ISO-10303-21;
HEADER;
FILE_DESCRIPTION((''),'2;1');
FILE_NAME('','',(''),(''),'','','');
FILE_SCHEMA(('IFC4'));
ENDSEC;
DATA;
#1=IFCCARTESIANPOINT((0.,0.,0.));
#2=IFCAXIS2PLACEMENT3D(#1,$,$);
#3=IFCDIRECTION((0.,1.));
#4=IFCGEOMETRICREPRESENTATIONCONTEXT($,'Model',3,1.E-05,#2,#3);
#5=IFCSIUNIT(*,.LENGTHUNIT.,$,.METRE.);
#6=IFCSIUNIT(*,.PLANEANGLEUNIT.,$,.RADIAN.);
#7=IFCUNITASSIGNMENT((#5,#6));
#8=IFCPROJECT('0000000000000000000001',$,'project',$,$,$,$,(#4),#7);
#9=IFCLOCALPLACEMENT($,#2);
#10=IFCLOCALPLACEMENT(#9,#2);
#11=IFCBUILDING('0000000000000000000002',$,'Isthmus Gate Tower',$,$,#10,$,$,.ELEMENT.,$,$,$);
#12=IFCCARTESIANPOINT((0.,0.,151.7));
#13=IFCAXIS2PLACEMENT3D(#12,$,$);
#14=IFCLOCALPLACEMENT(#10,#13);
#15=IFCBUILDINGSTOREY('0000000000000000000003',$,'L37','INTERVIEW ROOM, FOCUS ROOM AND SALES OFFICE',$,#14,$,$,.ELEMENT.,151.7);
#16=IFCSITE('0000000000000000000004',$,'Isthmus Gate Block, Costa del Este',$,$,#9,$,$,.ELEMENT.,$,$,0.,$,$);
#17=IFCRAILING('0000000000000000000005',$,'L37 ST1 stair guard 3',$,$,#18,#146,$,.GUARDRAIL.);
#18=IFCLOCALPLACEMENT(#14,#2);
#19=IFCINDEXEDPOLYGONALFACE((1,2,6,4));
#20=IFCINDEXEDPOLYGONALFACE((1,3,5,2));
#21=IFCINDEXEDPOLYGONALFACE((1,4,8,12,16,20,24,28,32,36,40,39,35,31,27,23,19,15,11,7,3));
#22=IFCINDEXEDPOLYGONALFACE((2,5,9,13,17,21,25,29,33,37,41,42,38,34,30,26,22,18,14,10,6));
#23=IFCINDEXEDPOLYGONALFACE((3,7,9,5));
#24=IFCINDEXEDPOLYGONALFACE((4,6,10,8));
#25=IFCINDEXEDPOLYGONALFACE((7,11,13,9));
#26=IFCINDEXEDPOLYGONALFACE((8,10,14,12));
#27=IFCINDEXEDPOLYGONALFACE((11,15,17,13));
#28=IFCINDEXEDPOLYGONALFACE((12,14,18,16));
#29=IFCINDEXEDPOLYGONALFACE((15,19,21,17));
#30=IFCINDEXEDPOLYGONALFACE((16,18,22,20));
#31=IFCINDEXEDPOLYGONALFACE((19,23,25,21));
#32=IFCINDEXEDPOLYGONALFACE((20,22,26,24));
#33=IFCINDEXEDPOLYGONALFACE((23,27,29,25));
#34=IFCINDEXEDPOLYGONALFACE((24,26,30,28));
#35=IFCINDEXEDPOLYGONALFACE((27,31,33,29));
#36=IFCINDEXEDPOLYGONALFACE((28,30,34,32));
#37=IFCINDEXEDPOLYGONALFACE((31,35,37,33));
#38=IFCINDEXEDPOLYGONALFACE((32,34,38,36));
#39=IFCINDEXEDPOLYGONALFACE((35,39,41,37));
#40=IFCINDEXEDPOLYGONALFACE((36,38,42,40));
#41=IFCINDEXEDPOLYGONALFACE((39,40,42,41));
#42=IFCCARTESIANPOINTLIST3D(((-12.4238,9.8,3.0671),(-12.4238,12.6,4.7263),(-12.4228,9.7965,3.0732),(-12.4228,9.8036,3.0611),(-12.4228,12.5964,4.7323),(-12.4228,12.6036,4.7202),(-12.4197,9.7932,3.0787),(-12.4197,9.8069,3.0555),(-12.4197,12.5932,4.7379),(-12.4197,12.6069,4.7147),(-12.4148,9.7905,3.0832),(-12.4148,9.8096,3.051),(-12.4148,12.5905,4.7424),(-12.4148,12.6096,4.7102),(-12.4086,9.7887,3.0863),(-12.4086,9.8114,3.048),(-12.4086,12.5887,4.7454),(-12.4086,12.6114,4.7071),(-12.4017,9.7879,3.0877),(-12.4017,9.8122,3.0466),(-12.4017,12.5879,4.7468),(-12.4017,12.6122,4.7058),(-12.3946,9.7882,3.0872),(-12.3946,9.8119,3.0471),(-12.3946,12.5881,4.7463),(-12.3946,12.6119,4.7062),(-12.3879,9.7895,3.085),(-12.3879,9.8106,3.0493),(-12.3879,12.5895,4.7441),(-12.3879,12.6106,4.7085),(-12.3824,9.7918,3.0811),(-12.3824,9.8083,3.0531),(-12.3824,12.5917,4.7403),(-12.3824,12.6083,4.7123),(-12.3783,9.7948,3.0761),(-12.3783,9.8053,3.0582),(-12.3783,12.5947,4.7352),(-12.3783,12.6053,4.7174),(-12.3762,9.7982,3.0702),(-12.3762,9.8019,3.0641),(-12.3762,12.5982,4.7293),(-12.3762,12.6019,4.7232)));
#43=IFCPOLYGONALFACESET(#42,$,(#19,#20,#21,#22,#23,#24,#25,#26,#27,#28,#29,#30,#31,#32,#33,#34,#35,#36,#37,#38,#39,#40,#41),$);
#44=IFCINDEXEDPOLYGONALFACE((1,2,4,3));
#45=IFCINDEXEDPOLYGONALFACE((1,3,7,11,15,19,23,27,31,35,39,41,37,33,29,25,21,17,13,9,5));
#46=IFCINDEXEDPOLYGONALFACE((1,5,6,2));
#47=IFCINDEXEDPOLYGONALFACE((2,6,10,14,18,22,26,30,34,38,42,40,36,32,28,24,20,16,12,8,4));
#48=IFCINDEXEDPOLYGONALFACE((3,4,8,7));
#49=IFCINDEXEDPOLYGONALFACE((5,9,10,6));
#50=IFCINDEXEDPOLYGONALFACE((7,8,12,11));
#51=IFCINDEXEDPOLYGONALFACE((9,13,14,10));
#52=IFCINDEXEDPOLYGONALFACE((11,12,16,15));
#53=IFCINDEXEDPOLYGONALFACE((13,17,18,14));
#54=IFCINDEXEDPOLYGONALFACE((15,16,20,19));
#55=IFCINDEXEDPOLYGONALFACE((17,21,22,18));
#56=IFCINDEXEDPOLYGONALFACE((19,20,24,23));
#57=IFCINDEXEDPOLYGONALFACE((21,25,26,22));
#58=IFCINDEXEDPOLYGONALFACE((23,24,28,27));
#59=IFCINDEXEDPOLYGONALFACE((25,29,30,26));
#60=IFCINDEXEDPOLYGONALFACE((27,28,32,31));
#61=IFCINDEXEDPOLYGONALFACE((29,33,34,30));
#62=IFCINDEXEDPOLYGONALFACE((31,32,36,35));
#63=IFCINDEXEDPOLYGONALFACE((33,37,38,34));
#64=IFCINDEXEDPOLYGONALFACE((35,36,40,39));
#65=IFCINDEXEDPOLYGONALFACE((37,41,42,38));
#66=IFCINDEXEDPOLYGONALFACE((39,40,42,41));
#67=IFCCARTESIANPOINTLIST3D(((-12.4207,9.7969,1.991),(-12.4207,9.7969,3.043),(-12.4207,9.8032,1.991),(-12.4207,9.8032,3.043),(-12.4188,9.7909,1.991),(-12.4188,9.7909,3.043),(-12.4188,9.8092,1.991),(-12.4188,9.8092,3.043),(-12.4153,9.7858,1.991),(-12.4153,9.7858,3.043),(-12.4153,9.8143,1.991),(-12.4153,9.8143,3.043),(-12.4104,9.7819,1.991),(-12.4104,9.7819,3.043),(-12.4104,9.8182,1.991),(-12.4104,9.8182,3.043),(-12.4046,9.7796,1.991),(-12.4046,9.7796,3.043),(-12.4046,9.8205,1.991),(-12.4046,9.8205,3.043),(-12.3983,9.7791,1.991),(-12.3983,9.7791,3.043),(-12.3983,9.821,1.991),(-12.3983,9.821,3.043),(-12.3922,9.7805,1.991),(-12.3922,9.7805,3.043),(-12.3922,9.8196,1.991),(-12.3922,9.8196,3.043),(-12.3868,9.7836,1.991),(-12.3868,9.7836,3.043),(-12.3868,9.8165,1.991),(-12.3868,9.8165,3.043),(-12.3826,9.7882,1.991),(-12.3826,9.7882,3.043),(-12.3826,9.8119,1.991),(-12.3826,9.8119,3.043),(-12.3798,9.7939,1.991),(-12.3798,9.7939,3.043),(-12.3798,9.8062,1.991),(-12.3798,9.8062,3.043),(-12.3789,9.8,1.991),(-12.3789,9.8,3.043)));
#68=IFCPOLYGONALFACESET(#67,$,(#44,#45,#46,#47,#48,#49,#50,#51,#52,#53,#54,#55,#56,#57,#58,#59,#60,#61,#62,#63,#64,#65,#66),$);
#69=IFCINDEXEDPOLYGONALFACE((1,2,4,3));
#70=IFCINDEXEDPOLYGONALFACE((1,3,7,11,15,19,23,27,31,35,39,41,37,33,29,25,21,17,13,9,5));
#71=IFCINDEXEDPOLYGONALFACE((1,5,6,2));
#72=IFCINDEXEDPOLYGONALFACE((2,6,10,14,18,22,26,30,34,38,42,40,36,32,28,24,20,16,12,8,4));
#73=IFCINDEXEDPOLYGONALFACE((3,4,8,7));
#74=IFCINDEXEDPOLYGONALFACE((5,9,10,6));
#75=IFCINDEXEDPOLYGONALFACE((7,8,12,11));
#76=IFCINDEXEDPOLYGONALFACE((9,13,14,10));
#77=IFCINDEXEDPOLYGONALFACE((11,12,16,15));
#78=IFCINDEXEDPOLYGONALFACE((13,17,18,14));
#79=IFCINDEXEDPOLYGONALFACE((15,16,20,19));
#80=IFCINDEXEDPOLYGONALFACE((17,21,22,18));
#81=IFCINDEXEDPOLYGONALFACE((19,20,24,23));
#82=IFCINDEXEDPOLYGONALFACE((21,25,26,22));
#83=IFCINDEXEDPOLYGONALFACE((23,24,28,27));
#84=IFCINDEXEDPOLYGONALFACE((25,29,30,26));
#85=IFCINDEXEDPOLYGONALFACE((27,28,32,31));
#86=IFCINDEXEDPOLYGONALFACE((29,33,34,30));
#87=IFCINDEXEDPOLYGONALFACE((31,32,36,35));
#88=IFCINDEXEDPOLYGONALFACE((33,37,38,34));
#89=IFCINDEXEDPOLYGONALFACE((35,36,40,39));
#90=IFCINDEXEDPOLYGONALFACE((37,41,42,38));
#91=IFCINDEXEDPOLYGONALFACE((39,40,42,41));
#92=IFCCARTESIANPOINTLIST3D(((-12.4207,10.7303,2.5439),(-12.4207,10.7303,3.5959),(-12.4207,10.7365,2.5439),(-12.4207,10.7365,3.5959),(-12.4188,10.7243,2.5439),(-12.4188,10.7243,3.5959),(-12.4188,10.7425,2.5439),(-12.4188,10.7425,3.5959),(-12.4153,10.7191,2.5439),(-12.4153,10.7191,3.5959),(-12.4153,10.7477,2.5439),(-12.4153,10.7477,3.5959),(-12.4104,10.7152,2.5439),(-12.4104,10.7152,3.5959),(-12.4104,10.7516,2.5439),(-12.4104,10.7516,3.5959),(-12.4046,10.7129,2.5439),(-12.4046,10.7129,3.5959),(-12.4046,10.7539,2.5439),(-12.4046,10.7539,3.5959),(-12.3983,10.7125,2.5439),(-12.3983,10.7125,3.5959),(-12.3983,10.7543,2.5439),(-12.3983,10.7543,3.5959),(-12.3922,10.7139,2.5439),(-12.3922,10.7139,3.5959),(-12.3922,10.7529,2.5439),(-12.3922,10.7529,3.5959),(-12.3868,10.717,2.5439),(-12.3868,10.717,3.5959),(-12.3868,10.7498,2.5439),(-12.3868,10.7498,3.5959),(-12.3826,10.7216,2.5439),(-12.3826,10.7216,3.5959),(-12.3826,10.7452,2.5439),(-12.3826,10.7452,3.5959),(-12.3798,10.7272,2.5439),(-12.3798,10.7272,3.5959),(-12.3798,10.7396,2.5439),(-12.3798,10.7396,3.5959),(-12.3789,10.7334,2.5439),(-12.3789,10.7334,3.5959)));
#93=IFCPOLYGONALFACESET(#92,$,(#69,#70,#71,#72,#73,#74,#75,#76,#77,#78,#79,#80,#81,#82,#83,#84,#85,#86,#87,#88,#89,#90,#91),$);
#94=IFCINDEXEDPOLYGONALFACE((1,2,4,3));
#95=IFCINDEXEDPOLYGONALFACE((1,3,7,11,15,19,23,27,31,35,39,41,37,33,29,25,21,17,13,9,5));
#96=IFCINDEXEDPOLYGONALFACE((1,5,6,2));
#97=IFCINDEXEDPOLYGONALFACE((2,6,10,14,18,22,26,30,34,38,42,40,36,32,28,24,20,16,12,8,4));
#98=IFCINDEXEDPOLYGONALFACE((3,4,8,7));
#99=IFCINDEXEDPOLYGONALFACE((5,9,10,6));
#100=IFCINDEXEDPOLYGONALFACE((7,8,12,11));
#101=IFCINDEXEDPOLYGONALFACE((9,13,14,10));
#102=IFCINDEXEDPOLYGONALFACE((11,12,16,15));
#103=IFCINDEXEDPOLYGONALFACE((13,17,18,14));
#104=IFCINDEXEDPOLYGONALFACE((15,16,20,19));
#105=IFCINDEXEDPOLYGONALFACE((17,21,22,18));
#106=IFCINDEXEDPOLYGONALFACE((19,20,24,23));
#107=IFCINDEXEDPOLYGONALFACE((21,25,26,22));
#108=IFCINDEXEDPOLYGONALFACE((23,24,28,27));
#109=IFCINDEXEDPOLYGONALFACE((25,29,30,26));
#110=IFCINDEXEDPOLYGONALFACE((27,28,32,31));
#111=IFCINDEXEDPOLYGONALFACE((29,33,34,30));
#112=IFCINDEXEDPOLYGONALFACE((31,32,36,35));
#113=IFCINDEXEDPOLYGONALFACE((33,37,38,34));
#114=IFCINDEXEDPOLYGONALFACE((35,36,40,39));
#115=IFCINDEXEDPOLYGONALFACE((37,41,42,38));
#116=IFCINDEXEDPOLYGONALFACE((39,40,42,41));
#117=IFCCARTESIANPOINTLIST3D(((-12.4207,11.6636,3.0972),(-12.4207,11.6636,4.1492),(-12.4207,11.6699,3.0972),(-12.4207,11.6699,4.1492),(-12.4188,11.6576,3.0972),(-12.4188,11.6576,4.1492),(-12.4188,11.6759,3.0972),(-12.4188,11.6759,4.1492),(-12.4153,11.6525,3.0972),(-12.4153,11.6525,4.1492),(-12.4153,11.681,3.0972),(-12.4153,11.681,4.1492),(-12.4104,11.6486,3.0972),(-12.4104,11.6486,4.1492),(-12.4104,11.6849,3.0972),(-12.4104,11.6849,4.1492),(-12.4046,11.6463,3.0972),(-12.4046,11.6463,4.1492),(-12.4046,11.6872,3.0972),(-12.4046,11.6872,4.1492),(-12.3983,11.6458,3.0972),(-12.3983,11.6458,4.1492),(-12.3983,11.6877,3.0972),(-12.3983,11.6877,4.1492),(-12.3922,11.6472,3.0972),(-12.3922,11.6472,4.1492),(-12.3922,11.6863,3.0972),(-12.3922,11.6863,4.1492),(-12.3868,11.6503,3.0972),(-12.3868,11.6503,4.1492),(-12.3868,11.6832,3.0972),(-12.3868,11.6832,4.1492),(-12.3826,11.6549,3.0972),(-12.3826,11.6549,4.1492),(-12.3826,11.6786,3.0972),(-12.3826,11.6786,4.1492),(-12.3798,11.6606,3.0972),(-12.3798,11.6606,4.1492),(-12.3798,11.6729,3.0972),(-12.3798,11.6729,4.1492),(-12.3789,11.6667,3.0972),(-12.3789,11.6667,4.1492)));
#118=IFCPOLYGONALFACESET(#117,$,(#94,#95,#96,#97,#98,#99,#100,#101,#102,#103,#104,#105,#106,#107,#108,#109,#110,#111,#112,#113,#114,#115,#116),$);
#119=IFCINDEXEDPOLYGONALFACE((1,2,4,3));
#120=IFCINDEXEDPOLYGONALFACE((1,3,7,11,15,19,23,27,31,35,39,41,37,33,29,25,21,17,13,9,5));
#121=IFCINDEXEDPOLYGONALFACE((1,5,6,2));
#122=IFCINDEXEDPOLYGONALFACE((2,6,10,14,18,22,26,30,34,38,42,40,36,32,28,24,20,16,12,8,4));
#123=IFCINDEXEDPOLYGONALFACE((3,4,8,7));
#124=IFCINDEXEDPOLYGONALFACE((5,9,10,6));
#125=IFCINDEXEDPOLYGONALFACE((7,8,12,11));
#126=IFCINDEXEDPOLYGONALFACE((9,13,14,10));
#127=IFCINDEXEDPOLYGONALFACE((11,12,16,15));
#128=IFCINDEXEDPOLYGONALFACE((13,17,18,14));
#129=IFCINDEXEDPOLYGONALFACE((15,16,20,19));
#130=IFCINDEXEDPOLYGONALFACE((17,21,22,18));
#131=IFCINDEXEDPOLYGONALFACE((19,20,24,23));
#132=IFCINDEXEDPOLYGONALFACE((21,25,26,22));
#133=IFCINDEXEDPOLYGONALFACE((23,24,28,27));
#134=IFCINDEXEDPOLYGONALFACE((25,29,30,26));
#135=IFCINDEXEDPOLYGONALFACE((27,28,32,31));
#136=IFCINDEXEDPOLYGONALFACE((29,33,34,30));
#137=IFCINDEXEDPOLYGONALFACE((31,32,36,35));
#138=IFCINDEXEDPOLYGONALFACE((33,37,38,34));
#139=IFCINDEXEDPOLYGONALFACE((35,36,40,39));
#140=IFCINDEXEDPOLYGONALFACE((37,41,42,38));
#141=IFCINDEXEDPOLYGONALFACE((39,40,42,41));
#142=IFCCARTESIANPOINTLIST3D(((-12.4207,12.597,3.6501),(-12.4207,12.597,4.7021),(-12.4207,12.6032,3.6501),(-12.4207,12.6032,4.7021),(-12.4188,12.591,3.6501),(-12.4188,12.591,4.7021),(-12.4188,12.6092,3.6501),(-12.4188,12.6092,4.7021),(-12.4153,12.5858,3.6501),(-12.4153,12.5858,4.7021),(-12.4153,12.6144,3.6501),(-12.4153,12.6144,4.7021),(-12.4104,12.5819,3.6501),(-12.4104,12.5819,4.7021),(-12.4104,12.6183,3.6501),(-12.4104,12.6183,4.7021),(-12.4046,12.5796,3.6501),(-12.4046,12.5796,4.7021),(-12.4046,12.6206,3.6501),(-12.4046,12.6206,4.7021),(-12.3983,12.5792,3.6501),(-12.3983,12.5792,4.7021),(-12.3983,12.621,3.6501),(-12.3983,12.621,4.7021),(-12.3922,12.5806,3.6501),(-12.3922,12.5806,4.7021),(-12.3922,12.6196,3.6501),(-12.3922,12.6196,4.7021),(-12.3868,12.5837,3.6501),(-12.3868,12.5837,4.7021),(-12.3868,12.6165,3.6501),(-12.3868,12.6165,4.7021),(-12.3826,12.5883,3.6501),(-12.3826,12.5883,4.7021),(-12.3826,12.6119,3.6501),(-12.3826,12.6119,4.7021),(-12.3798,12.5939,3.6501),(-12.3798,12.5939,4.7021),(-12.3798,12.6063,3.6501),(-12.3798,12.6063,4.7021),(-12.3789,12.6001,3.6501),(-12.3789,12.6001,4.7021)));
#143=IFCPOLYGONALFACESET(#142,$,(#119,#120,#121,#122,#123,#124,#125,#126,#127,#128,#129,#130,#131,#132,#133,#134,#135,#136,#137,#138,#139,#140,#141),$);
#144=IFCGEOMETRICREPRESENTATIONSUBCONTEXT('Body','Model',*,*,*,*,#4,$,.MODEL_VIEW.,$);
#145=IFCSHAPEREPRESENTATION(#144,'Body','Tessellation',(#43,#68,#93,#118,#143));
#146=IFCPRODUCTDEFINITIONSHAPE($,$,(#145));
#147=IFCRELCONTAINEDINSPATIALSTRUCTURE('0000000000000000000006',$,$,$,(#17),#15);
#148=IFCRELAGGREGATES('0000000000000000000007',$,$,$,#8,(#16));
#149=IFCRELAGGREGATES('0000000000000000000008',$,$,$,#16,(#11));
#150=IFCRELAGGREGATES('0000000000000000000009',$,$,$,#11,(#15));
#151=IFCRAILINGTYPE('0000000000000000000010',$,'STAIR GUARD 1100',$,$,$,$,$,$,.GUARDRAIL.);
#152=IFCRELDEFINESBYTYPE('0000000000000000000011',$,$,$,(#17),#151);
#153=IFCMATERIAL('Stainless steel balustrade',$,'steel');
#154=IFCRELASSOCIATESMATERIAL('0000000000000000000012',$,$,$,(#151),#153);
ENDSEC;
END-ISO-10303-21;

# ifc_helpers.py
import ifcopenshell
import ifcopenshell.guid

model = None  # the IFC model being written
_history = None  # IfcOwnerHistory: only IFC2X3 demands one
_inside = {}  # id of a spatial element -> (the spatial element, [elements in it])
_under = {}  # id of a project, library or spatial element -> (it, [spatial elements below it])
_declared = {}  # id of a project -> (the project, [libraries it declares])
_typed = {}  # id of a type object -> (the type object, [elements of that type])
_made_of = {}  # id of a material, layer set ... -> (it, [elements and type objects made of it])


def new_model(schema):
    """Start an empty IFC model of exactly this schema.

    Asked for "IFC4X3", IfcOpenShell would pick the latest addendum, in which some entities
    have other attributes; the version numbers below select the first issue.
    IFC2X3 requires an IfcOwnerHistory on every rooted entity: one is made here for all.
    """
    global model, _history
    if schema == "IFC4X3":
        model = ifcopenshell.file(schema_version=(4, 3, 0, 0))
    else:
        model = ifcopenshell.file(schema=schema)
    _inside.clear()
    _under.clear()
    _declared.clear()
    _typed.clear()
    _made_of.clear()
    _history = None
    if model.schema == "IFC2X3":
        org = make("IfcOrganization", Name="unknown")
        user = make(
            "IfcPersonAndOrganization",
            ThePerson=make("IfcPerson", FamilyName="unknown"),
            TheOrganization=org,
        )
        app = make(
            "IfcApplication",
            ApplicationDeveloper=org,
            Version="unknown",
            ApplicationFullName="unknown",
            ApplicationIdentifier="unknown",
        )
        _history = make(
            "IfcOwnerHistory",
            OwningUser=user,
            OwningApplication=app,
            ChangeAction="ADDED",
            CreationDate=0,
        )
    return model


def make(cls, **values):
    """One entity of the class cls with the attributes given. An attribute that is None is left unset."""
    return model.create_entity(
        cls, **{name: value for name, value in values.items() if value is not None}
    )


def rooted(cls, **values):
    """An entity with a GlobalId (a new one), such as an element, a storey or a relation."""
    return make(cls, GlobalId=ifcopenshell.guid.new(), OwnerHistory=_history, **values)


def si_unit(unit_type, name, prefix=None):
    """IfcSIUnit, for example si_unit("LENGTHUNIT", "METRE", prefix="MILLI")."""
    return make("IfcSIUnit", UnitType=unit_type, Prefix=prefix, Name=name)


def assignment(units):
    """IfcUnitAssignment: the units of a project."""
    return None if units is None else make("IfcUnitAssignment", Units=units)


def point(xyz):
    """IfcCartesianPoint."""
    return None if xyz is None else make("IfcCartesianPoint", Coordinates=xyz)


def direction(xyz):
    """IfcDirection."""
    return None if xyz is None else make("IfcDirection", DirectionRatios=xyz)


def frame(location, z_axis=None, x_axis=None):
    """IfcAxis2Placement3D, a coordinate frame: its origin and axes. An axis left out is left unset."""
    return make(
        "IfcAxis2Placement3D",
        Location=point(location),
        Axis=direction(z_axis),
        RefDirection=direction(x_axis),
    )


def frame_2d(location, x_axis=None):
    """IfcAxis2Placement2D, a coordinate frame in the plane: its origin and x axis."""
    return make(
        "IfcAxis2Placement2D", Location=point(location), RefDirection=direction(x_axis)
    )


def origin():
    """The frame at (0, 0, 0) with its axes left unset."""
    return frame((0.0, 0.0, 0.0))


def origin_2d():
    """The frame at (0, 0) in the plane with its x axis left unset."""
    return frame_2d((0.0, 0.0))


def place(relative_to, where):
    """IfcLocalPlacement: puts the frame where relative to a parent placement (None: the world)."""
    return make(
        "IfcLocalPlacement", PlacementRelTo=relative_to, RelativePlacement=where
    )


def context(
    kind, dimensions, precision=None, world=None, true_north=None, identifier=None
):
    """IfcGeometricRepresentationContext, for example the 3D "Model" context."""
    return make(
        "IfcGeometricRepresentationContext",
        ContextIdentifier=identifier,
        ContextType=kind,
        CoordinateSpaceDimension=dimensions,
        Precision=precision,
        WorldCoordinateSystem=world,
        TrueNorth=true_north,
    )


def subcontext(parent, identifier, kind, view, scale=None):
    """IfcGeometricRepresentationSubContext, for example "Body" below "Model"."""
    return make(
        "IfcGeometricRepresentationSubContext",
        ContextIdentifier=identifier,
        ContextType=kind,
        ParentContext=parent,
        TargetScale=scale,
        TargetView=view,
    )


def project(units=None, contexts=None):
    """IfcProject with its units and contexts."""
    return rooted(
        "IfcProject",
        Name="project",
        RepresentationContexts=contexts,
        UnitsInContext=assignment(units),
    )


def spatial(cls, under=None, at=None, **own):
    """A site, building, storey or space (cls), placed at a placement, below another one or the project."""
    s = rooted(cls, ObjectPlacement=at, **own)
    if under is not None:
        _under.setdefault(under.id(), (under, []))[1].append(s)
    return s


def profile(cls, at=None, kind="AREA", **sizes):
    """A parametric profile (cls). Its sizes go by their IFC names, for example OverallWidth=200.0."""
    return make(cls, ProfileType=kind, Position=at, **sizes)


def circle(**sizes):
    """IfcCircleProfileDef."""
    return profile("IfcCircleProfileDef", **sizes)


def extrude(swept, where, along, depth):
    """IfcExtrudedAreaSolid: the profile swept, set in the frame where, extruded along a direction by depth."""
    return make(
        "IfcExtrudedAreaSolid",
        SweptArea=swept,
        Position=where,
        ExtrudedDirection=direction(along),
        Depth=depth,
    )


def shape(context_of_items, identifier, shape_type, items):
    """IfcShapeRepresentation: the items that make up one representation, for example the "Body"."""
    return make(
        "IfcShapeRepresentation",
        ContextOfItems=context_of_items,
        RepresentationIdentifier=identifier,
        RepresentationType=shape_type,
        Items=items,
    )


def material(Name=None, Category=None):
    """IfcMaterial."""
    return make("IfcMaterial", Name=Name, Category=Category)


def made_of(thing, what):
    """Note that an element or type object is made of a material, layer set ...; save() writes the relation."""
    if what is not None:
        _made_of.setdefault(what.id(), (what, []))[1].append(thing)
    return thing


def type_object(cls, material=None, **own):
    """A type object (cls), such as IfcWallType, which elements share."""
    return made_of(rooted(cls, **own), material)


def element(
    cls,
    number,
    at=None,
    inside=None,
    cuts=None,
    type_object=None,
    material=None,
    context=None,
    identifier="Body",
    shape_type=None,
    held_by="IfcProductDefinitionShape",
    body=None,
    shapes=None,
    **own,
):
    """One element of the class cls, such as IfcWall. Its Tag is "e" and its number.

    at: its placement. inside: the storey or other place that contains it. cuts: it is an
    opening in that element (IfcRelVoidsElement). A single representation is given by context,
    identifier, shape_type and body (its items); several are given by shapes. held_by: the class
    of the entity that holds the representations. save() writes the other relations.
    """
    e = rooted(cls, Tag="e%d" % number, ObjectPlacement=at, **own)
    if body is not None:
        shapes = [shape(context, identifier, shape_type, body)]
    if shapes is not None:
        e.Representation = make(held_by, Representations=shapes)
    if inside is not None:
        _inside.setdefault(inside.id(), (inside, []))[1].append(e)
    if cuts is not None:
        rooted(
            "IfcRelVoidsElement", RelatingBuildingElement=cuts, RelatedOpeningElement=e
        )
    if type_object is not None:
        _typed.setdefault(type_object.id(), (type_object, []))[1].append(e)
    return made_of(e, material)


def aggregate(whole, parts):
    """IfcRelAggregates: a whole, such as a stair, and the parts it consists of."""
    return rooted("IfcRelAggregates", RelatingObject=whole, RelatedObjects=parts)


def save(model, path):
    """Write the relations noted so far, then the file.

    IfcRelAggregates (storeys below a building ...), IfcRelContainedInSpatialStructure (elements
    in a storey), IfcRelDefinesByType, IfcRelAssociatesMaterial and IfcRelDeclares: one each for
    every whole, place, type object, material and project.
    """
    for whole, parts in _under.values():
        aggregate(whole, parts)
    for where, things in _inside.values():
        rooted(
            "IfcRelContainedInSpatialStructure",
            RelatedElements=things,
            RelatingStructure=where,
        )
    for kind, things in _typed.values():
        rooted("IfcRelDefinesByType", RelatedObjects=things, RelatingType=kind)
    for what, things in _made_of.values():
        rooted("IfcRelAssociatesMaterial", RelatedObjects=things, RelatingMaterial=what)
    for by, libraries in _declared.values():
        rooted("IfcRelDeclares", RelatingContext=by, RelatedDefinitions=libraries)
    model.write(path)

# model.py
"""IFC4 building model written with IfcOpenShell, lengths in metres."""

from ifc_helpers import new_model, si_unit, direction, frame, origin, origin_2d, place, context, subcontext, project, spatial, circle, extrude, material, type_object, element, save


model = new_model("IFC4")

# Units and contexts
model_context = context("Model", 3, precision=1e-05, world=origin(), true_north=direction((0.0, 1.0)))
body_context = subcontext(model_context, "Body", "Model", "MODEL_VIEW")
ifc_project = project(units=[si_unit("LENGTHUNIT", "METRE"), si_unit("PLANEANGLEUNIT", "RADIAN")], contexts=[model_context])

# Site, building, storey
site_placement = place(None, origin())
site = spatial("IfcSite", under=ifc_project, at=site_placement, Name="Isthmus Gate Block, Costa del Este", CompositionType="ELEMENT", RefElevation=0.0)
building_placement = place(site_placement, origin())
building = spatial("IfcBuilding", under=site, at=building_placement, Name="Isthmus Gate Tower", CompositionType="ELEMENT")
storey_placement = place(building_placement, frame((0.0, 0.0, 151.7)))
storey = spatial("IfcBuildingStorey", under=building, at=storey_placement, Name="L37", Description="INTERVIEW ROOM, FOCUS ROOM AND SALES OFFICE", CompositionType="ELEMENT", Elevation=151.7)

# Railing
ifc_material_1 = material(Name="Stainless steel balustrade", Category="steel")
railing_type_1 = type_object("IfcRailingType", Name="STAIR GUARD 1100", PredefinedType="GUARDRAIL", material=ifc_material_1)
railing_1_placement = place(storey_placement, frame((-12.3999, 9.8, 1.991)))
element("IfcRailing", 1, at=railing_1_placement, inside=storey, type_object=railing_type_1, Name="L37 ST1 stair guard 3", PredefinedType="GUARDRAIL", context=body_context, shape_type="SweptSolid", body=[
    extrude(circle(Radius=0.0239, at=origin_2d()), frame((0.0, 0.0, 1.0762), z_axis=(0.0, 0.860306, 0.509778), x_axis=(-1.0, 0.0, 0.0)), (0.0, 0.0, 1.0), 3.2546),
    extrude(circle(Radius=0.021, at=origin_2d()), origin(), (0.0, 0.0, 1.0), 1.052),
    extrude(circle(Radius=0.021, at=origin_2d()), frame((0.0, 0.9333, 0.553)), (0.0, 0.0, 1.0), 1.052),
    extrude(circle(Radius=0.021, at=origin_2d()), frame((0.0, 1.8667, 1.1062)), (0.0, 0.0, 1.0), 1.052),
    extrude(circle(Radius=0.021, at=origin_2d()), frame((0.0, 2.8, 1.6592)), (0.0, 0.0, 1.0), 1.052),
])

save(model, "model.ifc")
